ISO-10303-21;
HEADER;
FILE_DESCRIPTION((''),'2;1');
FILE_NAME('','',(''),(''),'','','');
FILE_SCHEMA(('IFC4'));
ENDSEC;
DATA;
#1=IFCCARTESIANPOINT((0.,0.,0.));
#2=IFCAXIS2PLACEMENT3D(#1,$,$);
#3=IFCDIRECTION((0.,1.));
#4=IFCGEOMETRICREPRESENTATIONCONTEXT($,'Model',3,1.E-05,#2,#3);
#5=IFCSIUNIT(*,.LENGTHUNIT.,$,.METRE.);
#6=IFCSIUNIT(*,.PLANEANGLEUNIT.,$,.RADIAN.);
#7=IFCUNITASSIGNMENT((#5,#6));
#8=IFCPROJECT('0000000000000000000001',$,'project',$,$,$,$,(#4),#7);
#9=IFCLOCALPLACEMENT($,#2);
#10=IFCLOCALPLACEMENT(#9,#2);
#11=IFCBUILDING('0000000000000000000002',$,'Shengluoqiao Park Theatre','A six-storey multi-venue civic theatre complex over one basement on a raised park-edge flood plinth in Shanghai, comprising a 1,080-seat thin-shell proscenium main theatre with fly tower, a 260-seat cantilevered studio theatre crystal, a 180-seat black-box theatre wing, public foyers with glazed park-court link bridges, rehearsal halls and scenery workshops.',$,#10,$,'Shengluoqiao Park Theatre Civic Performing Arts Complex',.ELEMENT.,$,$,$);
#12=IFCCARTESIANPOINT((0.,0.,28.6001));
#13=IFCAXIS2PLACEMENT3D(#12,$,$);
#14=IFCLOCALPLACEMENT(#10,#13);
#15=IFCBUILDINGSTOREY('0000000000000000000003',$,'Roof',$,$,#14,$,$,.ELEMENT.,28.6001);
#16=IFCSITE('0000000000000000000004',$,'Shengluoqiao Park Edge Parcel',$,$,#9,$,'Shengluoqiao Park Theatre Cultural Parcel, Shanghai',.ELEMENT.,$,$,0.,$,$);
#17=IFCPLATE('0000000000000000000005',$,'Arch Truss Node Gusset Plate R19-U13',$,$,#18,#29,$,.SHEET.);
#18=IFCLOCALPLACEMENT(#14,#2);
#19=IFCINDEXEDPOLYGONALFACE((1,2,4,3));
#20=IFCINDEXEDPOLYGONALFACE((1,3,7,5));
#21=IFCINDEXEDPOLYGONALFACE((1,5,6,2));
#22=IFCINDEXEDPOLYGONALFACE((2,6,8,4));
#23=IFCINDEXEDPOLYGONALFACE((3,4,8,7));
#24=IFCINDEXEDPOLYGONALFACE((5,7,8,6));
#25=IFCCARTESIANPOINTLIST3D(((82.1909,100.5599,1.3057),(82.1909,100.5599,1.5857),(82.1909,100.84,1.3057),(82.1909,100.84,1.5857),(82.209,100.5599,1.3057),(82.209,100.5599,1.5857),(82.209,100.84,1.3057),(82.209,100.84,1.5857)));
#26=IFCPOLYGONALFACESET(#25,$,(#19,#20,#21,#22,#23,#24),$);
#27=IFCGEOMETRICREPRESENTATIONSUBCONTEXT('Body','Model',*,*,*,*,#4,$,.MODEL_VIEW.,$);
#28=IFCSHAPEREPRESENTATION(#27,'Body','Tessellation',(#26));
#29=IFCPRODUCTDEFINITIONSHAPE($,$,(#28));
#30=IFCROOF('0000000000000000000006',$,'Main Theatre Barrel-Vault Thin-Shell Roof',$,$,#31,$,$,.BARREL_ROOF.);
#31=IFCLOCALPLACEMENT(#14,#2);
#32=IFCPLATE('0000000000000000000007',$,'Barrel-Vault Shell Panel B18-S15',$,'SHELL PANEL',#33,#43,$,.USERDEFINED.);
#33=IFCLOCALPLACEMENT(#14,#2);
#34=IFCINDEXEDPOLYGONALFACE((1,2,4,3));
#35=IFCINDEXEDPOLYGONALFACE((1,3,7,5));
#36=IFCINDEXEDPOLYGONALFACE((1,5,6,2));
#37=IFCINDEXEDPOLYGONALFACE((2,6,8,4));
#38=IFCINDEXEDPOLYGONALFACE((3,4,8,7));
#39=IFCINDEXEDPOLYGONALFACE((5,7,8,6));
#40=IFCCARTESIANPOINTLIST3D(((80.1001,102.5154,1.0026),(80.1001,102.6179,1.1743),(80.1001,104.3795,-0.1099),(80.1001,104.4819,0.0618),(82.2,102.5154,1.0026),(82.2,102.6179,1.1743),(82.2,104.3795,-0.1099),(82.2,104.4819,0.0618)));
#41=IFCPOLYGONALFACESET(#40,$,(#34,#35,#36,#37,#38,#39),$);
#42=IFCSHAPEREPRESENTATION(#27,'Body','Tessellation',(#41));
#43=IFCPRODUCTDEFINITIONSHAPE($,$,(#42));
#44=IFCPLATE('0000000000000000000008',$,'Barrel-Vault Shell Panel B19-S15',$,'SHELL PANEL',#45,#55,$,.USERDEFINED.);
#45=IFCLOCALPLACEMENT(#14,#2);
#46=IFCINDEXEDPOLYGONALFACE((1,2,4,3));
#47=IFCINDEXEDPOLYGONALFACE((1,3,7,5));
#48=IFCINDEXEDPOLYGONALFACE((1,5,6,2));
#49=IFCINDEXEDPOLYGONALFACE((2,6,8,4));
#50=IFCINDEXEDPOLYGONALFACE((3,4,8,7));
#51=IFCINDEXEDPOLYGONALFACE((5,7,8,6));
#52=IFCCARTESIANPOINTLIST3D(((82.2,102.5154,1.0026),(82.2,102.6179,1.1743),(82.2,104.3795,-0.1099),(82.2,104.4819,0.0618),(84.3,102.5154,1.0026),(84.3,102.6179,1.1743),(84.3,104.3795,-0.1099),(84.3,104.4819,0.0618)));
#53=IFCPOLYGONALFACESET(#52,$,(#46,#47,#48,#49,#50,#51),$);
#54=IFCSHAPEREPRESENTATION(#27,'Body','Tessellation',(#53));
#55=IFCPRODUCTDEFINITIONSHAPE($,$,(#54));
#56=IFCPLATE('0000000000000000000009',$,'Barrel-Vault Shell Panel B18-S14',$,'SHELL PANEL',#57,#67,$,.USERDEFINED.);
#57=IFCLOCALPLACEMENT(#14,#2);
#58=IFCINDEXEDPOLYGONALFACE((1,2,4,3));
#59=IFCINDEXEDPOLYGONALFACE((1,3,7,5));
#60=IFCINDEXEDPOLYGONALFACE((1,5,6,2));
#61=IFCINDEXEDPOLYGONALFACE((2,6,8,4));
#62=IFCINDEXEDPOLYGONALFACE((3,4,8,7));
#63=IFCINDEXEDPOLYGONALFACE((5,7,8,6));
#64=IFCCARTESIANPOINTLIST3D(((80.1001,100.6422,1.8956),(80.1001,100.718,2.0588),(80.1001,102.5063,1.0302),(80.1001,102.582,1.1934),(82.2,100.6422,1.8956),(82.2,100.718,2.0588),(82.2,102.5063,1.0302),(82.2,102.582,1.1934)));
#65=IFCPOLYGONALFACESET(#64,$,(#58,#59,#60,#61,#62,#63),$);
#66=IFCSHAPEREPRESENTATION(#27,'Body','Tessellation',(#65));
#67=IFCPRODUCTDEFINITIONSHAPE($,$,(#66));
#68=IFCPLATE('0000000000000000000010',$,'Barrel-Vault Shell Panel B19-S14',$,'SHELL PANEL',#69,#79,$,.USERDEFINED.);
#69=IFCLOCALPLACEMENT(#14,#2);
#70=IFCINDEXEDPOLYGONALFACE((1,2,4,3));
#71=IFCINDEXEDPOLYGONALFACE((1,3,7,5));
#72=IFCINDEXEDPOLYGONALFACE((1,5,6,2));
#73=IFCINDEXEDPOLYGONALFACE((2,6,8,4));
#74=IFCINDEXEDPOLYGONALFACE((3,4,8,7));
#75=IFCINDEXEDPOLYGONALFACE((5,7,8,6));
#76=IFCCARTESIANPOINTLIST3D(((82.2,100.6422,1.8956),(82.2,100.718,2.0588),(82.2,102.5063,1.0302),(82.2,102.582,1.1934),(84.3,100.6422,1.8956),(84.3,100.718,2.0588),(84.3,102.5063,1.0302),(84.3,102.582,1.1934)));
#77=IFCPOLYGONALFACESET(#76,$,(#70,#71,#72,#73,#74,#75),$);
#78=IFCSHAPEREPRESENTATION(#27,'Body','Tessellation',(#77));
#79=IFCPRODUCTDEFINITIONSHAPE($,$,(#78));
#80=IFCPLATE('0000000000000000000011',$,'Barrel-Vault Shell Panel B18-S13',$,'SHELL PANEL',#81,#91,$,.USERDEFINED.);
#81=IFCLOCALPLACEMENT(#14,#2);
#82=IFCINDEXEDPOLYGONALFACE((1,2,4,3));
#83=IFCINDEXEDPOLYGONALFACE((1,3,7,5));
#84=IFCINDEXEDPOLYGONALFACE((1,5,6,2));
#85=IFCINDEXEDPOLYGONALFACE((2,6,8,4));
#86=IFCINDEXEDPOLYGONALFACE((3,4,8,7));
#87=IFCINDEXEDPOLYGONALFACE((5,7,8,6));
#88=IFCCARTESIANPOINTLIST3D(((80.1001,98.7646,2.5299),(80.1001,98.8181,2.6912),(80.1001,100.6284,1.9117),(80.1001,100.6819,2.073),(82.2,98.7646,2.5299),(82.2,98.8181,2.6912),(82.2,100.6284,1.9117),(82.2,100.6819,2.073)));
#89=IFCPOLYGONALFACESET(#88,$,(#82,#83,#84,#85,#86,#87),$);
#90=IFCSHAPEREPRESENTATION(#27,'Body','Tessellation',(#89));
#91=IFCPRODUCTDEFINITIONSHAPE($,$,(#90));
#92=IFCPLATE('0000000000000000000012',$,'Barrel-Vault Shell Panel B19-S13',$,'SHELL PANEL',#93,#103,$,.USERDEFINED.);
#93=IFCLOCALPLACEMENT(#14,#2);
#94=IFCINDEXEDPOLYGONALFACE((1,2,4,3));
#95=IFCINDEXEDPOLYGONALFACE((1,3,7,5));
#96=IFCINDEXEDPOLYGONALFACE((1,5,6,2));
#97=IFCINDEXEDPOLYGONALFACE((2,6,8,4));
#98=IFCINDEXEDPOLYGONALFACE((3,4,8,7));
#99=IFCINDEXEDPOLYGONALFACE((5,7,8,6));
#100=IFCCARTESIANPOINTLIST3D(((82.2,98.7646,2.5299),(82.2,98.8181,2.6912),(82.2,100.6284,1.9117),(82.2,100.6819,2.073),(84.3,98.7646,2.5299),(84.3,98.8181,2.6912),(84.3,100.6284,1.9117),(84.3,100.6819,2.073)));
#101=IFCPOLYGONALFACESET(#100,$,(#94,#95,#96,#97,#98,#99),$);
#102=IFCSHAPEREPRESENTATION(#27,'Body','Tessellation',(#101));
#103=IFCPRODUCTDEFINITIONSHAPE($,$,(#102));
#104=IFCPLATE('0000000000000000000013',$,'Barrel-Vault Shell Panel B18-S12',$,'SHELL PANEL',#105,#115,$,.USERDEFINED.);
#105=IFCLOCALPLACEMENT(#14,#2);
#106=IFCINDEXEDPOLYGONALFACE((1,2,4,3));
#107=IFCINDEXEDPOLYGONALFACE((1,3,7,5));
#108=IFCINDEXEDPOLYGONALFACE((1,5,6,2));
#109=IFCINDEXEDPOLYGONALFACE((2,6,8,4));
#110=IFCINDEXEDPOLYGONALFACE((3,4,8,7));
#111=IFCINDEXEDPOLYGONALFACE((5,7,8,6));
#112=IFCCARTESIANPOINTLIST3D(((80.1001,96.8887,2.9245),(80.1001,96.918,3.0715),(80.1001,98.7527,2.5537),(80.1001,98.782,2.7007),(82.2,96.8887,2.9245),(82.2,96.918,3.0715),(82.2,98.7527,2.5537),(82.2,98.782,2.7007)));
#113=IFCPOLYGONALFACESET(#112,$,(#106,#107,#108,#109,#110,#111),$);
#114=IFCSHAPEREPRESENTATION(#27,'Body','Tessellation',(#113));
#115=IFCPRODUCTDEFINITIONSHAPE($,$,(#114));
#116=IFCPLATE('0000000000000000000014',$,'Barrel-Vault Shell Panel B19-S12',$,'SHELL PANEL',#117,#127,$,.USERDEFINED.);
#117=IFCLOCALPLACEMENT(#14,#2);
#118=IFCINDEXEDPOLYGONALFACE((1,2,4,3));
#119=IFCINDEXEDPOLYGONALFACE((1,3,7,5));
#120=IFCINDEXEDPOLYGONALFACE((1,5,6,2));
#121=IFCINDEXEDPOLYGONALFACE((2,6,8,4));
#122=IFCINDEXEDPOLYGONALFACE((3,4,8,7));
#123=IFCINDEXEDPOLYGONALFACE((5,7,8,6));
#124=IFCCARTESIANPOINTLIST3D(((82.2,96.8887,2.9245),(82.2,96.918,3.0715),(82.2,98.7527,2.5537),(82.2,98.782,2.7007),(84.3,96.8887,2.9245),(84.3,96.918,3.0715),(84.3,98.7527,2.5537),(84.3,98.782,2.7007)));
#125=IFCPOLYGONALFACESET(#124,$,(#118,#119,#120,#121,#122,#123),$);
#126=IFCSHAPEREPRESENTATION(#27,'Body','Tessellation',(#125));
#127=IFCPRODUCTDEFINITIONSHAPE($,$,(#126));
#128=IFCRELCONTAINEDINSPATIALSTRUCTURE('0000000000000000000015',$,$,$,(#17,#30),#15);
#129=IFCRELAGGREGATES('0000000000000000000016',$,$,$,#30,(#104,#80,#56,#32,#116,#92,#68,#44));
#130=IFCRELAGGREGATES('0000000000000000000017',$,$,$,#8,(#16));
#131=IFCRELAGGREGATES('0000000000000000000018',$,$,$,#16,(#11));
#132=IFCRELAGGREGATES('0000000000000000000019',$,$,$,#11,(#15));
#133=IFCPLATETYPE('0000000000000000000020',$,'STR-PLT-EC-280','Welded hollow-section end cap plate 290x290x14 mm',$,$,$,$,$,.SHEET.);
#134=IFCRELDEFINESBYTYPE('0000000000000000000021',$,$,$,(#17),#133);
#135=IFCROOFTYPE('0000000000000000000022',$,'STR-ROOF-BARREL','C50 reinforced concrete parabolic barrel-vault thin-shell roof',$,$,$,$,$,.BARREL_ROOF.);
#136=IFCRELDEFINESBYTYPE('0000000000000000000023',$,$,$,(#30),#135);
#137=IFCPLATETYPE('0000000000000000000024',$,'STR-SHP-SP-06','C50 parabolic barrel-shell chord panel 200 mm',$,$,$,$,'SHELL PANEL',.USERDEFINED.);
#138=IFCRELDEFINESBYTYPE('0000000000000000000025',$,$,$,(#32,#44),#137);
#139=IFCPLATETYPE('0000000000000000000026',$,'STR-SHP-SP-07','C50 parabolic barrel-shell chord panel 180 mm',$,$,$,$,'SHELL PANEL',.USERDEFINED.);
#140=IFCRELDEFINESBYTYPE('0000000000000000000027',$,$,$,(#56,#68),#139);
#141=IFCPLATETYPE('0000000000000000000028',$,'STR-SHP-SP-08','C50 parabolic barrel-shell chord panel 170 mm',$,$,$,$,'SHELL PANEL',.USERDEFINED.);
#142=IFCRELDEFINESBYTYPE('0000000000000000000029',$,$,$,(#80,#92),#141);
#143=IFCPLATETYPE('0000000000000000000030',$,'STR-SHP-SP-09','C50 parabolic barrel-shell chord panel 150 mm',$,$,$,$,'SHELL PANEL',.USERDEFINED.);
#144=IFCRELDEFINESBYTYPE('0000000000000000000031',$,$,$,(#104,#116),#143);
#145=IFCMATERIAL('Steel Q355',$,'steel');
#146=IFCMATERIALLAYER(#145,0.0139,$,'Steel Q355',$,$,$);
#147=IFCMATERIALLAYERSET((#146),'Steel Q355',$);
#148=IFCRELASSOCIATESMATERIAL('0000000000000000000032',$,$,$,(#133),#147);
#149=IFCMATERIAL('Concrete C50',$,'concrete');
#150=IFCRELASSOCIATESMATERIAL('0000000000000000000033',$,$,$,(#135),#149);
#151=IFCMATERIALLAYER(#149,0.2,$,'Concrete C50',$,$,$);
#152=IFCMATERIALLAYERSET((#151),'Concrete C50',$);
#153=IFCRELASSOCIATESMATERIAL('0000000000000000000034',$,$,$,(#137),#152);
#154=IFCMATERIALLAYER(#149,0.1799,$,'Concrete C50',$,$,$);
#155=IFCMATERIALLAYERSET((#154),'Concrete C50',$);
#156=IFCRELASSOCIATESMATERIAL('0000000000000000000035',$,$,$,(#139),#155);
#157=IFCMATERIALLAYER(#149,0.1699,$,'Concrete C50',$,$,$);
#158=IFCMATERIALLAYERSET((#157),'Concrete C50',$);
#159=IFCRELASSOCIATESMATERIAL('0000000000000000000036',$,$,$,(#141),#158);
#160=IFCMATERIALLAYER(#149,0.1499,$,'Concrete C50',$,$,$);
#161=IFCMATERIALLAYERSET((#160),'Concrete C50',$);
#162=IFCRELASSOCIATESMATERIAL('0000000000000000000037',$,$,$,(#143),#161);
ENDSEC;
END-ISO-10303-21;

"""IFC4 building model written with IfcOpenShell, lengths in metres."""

from ifc_helpers import new_model, si_unit, direction, frame, origin, origin_2d, place, context, subcontext, project, spatial, polyline, rectangle, outline, extrude, material, layer, layer_set, type_object, element, aggregate, save


model = new_model("IFC4")

# Units and contexts
model_context = context("Model", 3, precision=1e-05, world=origin(), true_north=direction((0.0, 1.0)))
body_context = subcontext(model_context, "Body", "Model", "MODEL_VIEW")
ifc_project = project(units=[si_unit("LENGTHUNIT", "METRE"), si_unit("PLANEANGLEUNIT", "RADIAN")], contexts=[model_context])

# Site, building, storey
site_placement = place(None, origin())
site = spatial("IfcSite", under=ifc_project, at=site_placement, Name="Shengluoqiao Park Edge Parcel", LongName="Shengluoqiao Park Theatre Cultural Parcel, Shanghai", CompositionType="ELEMENT", RefElevation=0.0)
building_placement = place(site_placement, origin())
building = spatial("IfcBuilding", under=site, at=building_placement, Name="Shengluoqiao Park Theatre", Description="A six-storey multi-venue civic theatre complex over one basement on a raised park-edge flood plinth in Shanghai, comprising a 1,080-seat thin-shell proscenium main theatre with fly tower, a 260-seat cantilevered studio theatre crystal, a 180-seat black-box theatre wing, public foyers with glazed park-court link bridges, rehearsal halls and scenery workshops.", LongName="Shengluoqiao Park Theatre Civic Performing Arts Complex", CompositionType="ELEMENT")
storey_placement = place(building_placement, frame((0.0, 0.0, 28.6001)))
storey = spatial("IfcBuildingStorey", under=building, at=storey_placement, Name="Roof", CompositionType="ELEMENT", Elevation=28.6001)

# Shared definitions
ifc_material_1 = material(Name="Concrete C50", Category="concrete")
ifc_material_2 = material(Name="Steel Q355", Category="steel")

# Plate
ifc_layer_1 = layer(ifc_material_2, 0.0139, Name="Steel Q355")
ifc_layer_set_1 = layer_set([ifc_layer_1], Name="Steel Q355")
plate_type_1 = type_object("IfcPlateType", Name="STR-PLT-EC-280", Description="Welded hollow-section end cap plate 290x290x14 mm", PredefinedType="SHEET", material=ifc_layer_set_1)
for number, where, z_axis, x_axis, name in (
    (1, (82.2, 100.7, 1.3057), (0.0, 0.0, 1.0), (1.0, 0.0, 0.0), "Arch Truss Node Gusset Plate R19-U13"),
):
    element("IfcPlate", number, at=place(storey_placement, frame(where, z_axis=z_axis, x_axis=x_axis)), inside=storey, type_object=plate_type_1, Name=name, PredefinedType="SHEET", context=body_context, shape_type="SweptSolid", body=[
        extrude(rectangle(XDim=0.0181, YDim=0.28, at=origin_2d()), origin(), (0.0, 0.0, 1.0), 0.28),
    ])

# Roof, plates
roof_type = type_object("IfcRoofType", Name="STR-ROOF-BARREL", Description="C50 reinforced concrete parabolic barrel-vault thin-shell roof", PredefinedType="BARREL_ROOF", material=ifc_material_1)
roof_placement = place(storey_placement, origin())
roof = element("IfcRoof", 2, at=roof_placement, inside=storey, type_object=roof_type, Name="Main Theatre Barrel-Vault Thin-Shell Roof", PredefinedType="BARREL_ROOF")
ifc_layer_2 = layer(ifc_material_1, 0.2, Name="Concrete C50")
ifc_layer_set_2 = layer_set([ifc_layer_2], Name="Concrete C50")
plate_type_2 = type_object("IfcPlateType", Name="STR-SHP-SP-06", Description="C50 parabolic barrel-shell chord panel 200 mm", ElementType="SHELL PANEL", PredefinedType="USERDEFINED", material=ifc_layer_set_2)
plate_1_placement = place(storey_placement, frame((80.1001, 102.6179, 1.1743), z_axis=(0.0, 0.51251, 0.858681), x_axis=(1.0, 0.0, 0.0)))
plate_1 = element("IfcPlate", 3, at=plate_1_placement, type_object=plate_type_2, Name="Barrel-Vault Shell Panel B18-S15", ObjectType="SHELL PANEL", PredefinedType="USERDEFINED", context=body_context, shape_type="SweptSolid", body=[
    extrude(outline(polyline([(0.0, 0.0), (2.0999, 0.0), (2.0999, 2.1708), (0.0, 2.1708), (0.0, 0.0)])), origin(), (0.0, 0.0, -1.0), 0.2),
])
plate_2_placement = place(storey_placement, frame((82.2, 102.6179, 1.1743), z_axis=(0.0, 0.51251, 0.858681), x_axis=(1.0, 0.0, 0.0)))
plate_2 = element("IfcPlate", 4, at=plate_2_placement, type_object=plate_type_2, Name="Barrel-Vault Shell Panel B19-S15", ObjectType="SHELL PANEL", PredefinedType="USERDEFINED", context=body_context, shape_type="SweptSolid", body=[
    extrude(outline(polyline([(0.0, 0.0), (2.1001, 0.0), (2.1001, 2.1708), (0.0, 2.1708), (0.0, 0.0)])), origin(), (0.0, 0.0, -1.0), 0.2),
])
ifc_layer_3 = layer(ifc_material_1, 0.1799, Name="Concrete C50")
ifc_layer_set_3 = layer_set([ifc_layer_3], Name="Concrete C50")
plate_type_3 = type_object("IfcPlateType", Name="STR-SHP-SP-07", Description="C50 parabolic barrel-shell chord panel 180 mm", ElementType="SHELL PANEL", PredefinedType="USERDEFINED", material=ifc_layer_set_3)
plate_3_placement = place(storey_placement, frame((80.1001, 100.718, 2.0588), z_axis=(0.0, 0.421129, 0.907001), x_axis=(1.0, 0.0, 0.0)))
plate_3 = element("IfcPlate", 5, at=plate_3_placement, type_object=plate_type_3, Name="Barrel-Vault Shell Panel B18-S14", ObjectType="SHELL PANEL", PredefinedType="USERDEFINED", context=body_context, shape_type="SweptSolid", body=[
    extrude(outline(polyline([(0.0, 0.0), (2.0999, 0.0), (2.0999, 2.0551), (0.0, 2.0551), (0.0, 0.0)])), origin(), (0.0, 0.0, -1.0), 0.1799),
])
plate_4_placement = place(storey_placement, frame((82.2, 100.718, 2.0588), z_axis=(0.0, 0.421129, 0.907001), x_axis=(1.0, 0.0, 0.0)))
plate_4 = element("IfcPlate", 6, at=plate_4_placement, type_object=plate_type_3, Name="Barrel-Vault Shell Panel B19-S14", ObjectType="SHELL PANEL", PredefinedType="USERDEFINED", context=body_context, shape_type="SweptSolid", body=[
    extrude(outline(polyline([(0.0, 0.0), (2.1001, 0.0), (2.1001, 2.0551), (0.0, 2.0551), (0.0, 0.0)])), origin(), (0.0, 0.0, -1.0), 0.1799),
])
ifc_layer_4 = layer(ifc_material_1, 0.1699, Name="Concrete C50")
ifc_layer_set_4 = layer_set([ifc_layer_4], Name="Concrete C50")
plate_type_4 = type_object("IfcPlateType", Name="STR-SHP-SP-08", Description="C50 parabolic barrel-shell chord panel 170 mm", ElementType="SHELL PANEL", PredefinedType="USERDEFINED", material=ifc_layer_set_4)
plate_5_placement = place(storey_placement, frame((80.1001, 98.8181, 2.6912), z_axis=(0.0, 0.31481, 0.949155), x_axis=(1.0, 0.0, 0.0)))
plate_5 = element("IfcPlate", 7, at=plate_5_placement, type_object=plate_type_4, Name="Barrel-Vault Shell Panel B18-S13", ObjectType="SHELL PANEL", PredefinedType="USERDEFINED", context=body_context, shape_type="SweptSolid", body=[
    extrude(outline(polyline([(0.0, 0.0), (2.0999, 0.0), (2.0999, 1.9636), (0.0, 1.9636), (0.0, 0.0)])), origin(), (0.0, 0.0, -1.0), 0.1699),
])
plate_6_placement = place(storey_placement, frame((82.2, 98.8181, 2.6912), z_axis=(0.0, 0.31481, 0.949155), x_axis=(1.0, 0.0, 0.0)))
plate_6 = element("IfcPlate", 8, at=plate_6_placement, type_object=plate_type_4, Name="Barrel-Vault Shell Panel B19-S13", ObjectType="SHELL PANEL", PredefinedType="USERDEFINED", context=body_context, shape_type="SweptSolid", body=[
    extrude(outline(polyline([(0.0, 0.0), (2.1001, 0.0), (2.1001, 1.9636), (0.0, 1.9636), (0.0, 0.0)])), origin(), (0.0, 0.0, -1.0), 0.1699),
])
ifc_layer_5 = layer(ifc_material_1, 0.1499, Name="Concrete C50")
ifc_layer_set_5 = layer_set([ifc_layer_5], Name="Concrete C50")
plate_type_5 = type_object("IfcPlateType", Name="STR-SHP-SP-09", Description="C50 parabolic barrel-shell chord panel 150 mm", ElementType="SHELL PANEL", PredefinedType="USERDEFINED", material=ifc_layer_set_5)
plate_7_placement = place(storey_placement, frame((80.1001, 96.918, 3.0715), z_axis=(0.0, 0.195128, 0.980778), x_axis=(1.0, 0.0, 0.0)))
plate_7 = element("IfcPlate", 9, at=plate_7_placement, type_object=plate_type_5, Name="Barrel-Vault Shell Panel B18-S12", ObjectType="SHELL PANEL", PredefinedType="USERDEFINED", context=body_context, shape_type="SweptSolid", body=[
    extrude(outline(polyline([(0.0, 0.0), (2.0999, 0.0), (2.0999, 1.9005), (0.0, 1.9005), (0.0, 0.0)])), origin(), (0.0, 0.0, -1.0), 0.1499),
])
plate_8_placement = place(storey_placement, frame((82.2, 96.918, 3.0715), z_axis=(0.0, 0.195128, 0.980778), x_axis=(1.0, 0.0, 0.0)))
plate_8 = element("IfcPlate", 10, at=plate_8_placement, type_object=plate_type_5, Name="Barrel-Vault Shell Panel B19-S12", ObjectType="SHELL PANEL", PredefinedType="USERDEFINED", context=body_context, shape_type="SweptSolid", body=[
    extrude(outline(polyline([(0.0, 0.0), (2.1001, 0.0), (2.1001, 1.9005), (0.0, 1.9005), (0.0, 0.0)])), origin(), (0.0, 0.0, -1.0), 0.1499),
])
aggregate(roof, [plate_7, plate_5, plate_3, plate_1, plate_8, plate_6, plate_4, plate_2])

save(model, "model.ifc")
